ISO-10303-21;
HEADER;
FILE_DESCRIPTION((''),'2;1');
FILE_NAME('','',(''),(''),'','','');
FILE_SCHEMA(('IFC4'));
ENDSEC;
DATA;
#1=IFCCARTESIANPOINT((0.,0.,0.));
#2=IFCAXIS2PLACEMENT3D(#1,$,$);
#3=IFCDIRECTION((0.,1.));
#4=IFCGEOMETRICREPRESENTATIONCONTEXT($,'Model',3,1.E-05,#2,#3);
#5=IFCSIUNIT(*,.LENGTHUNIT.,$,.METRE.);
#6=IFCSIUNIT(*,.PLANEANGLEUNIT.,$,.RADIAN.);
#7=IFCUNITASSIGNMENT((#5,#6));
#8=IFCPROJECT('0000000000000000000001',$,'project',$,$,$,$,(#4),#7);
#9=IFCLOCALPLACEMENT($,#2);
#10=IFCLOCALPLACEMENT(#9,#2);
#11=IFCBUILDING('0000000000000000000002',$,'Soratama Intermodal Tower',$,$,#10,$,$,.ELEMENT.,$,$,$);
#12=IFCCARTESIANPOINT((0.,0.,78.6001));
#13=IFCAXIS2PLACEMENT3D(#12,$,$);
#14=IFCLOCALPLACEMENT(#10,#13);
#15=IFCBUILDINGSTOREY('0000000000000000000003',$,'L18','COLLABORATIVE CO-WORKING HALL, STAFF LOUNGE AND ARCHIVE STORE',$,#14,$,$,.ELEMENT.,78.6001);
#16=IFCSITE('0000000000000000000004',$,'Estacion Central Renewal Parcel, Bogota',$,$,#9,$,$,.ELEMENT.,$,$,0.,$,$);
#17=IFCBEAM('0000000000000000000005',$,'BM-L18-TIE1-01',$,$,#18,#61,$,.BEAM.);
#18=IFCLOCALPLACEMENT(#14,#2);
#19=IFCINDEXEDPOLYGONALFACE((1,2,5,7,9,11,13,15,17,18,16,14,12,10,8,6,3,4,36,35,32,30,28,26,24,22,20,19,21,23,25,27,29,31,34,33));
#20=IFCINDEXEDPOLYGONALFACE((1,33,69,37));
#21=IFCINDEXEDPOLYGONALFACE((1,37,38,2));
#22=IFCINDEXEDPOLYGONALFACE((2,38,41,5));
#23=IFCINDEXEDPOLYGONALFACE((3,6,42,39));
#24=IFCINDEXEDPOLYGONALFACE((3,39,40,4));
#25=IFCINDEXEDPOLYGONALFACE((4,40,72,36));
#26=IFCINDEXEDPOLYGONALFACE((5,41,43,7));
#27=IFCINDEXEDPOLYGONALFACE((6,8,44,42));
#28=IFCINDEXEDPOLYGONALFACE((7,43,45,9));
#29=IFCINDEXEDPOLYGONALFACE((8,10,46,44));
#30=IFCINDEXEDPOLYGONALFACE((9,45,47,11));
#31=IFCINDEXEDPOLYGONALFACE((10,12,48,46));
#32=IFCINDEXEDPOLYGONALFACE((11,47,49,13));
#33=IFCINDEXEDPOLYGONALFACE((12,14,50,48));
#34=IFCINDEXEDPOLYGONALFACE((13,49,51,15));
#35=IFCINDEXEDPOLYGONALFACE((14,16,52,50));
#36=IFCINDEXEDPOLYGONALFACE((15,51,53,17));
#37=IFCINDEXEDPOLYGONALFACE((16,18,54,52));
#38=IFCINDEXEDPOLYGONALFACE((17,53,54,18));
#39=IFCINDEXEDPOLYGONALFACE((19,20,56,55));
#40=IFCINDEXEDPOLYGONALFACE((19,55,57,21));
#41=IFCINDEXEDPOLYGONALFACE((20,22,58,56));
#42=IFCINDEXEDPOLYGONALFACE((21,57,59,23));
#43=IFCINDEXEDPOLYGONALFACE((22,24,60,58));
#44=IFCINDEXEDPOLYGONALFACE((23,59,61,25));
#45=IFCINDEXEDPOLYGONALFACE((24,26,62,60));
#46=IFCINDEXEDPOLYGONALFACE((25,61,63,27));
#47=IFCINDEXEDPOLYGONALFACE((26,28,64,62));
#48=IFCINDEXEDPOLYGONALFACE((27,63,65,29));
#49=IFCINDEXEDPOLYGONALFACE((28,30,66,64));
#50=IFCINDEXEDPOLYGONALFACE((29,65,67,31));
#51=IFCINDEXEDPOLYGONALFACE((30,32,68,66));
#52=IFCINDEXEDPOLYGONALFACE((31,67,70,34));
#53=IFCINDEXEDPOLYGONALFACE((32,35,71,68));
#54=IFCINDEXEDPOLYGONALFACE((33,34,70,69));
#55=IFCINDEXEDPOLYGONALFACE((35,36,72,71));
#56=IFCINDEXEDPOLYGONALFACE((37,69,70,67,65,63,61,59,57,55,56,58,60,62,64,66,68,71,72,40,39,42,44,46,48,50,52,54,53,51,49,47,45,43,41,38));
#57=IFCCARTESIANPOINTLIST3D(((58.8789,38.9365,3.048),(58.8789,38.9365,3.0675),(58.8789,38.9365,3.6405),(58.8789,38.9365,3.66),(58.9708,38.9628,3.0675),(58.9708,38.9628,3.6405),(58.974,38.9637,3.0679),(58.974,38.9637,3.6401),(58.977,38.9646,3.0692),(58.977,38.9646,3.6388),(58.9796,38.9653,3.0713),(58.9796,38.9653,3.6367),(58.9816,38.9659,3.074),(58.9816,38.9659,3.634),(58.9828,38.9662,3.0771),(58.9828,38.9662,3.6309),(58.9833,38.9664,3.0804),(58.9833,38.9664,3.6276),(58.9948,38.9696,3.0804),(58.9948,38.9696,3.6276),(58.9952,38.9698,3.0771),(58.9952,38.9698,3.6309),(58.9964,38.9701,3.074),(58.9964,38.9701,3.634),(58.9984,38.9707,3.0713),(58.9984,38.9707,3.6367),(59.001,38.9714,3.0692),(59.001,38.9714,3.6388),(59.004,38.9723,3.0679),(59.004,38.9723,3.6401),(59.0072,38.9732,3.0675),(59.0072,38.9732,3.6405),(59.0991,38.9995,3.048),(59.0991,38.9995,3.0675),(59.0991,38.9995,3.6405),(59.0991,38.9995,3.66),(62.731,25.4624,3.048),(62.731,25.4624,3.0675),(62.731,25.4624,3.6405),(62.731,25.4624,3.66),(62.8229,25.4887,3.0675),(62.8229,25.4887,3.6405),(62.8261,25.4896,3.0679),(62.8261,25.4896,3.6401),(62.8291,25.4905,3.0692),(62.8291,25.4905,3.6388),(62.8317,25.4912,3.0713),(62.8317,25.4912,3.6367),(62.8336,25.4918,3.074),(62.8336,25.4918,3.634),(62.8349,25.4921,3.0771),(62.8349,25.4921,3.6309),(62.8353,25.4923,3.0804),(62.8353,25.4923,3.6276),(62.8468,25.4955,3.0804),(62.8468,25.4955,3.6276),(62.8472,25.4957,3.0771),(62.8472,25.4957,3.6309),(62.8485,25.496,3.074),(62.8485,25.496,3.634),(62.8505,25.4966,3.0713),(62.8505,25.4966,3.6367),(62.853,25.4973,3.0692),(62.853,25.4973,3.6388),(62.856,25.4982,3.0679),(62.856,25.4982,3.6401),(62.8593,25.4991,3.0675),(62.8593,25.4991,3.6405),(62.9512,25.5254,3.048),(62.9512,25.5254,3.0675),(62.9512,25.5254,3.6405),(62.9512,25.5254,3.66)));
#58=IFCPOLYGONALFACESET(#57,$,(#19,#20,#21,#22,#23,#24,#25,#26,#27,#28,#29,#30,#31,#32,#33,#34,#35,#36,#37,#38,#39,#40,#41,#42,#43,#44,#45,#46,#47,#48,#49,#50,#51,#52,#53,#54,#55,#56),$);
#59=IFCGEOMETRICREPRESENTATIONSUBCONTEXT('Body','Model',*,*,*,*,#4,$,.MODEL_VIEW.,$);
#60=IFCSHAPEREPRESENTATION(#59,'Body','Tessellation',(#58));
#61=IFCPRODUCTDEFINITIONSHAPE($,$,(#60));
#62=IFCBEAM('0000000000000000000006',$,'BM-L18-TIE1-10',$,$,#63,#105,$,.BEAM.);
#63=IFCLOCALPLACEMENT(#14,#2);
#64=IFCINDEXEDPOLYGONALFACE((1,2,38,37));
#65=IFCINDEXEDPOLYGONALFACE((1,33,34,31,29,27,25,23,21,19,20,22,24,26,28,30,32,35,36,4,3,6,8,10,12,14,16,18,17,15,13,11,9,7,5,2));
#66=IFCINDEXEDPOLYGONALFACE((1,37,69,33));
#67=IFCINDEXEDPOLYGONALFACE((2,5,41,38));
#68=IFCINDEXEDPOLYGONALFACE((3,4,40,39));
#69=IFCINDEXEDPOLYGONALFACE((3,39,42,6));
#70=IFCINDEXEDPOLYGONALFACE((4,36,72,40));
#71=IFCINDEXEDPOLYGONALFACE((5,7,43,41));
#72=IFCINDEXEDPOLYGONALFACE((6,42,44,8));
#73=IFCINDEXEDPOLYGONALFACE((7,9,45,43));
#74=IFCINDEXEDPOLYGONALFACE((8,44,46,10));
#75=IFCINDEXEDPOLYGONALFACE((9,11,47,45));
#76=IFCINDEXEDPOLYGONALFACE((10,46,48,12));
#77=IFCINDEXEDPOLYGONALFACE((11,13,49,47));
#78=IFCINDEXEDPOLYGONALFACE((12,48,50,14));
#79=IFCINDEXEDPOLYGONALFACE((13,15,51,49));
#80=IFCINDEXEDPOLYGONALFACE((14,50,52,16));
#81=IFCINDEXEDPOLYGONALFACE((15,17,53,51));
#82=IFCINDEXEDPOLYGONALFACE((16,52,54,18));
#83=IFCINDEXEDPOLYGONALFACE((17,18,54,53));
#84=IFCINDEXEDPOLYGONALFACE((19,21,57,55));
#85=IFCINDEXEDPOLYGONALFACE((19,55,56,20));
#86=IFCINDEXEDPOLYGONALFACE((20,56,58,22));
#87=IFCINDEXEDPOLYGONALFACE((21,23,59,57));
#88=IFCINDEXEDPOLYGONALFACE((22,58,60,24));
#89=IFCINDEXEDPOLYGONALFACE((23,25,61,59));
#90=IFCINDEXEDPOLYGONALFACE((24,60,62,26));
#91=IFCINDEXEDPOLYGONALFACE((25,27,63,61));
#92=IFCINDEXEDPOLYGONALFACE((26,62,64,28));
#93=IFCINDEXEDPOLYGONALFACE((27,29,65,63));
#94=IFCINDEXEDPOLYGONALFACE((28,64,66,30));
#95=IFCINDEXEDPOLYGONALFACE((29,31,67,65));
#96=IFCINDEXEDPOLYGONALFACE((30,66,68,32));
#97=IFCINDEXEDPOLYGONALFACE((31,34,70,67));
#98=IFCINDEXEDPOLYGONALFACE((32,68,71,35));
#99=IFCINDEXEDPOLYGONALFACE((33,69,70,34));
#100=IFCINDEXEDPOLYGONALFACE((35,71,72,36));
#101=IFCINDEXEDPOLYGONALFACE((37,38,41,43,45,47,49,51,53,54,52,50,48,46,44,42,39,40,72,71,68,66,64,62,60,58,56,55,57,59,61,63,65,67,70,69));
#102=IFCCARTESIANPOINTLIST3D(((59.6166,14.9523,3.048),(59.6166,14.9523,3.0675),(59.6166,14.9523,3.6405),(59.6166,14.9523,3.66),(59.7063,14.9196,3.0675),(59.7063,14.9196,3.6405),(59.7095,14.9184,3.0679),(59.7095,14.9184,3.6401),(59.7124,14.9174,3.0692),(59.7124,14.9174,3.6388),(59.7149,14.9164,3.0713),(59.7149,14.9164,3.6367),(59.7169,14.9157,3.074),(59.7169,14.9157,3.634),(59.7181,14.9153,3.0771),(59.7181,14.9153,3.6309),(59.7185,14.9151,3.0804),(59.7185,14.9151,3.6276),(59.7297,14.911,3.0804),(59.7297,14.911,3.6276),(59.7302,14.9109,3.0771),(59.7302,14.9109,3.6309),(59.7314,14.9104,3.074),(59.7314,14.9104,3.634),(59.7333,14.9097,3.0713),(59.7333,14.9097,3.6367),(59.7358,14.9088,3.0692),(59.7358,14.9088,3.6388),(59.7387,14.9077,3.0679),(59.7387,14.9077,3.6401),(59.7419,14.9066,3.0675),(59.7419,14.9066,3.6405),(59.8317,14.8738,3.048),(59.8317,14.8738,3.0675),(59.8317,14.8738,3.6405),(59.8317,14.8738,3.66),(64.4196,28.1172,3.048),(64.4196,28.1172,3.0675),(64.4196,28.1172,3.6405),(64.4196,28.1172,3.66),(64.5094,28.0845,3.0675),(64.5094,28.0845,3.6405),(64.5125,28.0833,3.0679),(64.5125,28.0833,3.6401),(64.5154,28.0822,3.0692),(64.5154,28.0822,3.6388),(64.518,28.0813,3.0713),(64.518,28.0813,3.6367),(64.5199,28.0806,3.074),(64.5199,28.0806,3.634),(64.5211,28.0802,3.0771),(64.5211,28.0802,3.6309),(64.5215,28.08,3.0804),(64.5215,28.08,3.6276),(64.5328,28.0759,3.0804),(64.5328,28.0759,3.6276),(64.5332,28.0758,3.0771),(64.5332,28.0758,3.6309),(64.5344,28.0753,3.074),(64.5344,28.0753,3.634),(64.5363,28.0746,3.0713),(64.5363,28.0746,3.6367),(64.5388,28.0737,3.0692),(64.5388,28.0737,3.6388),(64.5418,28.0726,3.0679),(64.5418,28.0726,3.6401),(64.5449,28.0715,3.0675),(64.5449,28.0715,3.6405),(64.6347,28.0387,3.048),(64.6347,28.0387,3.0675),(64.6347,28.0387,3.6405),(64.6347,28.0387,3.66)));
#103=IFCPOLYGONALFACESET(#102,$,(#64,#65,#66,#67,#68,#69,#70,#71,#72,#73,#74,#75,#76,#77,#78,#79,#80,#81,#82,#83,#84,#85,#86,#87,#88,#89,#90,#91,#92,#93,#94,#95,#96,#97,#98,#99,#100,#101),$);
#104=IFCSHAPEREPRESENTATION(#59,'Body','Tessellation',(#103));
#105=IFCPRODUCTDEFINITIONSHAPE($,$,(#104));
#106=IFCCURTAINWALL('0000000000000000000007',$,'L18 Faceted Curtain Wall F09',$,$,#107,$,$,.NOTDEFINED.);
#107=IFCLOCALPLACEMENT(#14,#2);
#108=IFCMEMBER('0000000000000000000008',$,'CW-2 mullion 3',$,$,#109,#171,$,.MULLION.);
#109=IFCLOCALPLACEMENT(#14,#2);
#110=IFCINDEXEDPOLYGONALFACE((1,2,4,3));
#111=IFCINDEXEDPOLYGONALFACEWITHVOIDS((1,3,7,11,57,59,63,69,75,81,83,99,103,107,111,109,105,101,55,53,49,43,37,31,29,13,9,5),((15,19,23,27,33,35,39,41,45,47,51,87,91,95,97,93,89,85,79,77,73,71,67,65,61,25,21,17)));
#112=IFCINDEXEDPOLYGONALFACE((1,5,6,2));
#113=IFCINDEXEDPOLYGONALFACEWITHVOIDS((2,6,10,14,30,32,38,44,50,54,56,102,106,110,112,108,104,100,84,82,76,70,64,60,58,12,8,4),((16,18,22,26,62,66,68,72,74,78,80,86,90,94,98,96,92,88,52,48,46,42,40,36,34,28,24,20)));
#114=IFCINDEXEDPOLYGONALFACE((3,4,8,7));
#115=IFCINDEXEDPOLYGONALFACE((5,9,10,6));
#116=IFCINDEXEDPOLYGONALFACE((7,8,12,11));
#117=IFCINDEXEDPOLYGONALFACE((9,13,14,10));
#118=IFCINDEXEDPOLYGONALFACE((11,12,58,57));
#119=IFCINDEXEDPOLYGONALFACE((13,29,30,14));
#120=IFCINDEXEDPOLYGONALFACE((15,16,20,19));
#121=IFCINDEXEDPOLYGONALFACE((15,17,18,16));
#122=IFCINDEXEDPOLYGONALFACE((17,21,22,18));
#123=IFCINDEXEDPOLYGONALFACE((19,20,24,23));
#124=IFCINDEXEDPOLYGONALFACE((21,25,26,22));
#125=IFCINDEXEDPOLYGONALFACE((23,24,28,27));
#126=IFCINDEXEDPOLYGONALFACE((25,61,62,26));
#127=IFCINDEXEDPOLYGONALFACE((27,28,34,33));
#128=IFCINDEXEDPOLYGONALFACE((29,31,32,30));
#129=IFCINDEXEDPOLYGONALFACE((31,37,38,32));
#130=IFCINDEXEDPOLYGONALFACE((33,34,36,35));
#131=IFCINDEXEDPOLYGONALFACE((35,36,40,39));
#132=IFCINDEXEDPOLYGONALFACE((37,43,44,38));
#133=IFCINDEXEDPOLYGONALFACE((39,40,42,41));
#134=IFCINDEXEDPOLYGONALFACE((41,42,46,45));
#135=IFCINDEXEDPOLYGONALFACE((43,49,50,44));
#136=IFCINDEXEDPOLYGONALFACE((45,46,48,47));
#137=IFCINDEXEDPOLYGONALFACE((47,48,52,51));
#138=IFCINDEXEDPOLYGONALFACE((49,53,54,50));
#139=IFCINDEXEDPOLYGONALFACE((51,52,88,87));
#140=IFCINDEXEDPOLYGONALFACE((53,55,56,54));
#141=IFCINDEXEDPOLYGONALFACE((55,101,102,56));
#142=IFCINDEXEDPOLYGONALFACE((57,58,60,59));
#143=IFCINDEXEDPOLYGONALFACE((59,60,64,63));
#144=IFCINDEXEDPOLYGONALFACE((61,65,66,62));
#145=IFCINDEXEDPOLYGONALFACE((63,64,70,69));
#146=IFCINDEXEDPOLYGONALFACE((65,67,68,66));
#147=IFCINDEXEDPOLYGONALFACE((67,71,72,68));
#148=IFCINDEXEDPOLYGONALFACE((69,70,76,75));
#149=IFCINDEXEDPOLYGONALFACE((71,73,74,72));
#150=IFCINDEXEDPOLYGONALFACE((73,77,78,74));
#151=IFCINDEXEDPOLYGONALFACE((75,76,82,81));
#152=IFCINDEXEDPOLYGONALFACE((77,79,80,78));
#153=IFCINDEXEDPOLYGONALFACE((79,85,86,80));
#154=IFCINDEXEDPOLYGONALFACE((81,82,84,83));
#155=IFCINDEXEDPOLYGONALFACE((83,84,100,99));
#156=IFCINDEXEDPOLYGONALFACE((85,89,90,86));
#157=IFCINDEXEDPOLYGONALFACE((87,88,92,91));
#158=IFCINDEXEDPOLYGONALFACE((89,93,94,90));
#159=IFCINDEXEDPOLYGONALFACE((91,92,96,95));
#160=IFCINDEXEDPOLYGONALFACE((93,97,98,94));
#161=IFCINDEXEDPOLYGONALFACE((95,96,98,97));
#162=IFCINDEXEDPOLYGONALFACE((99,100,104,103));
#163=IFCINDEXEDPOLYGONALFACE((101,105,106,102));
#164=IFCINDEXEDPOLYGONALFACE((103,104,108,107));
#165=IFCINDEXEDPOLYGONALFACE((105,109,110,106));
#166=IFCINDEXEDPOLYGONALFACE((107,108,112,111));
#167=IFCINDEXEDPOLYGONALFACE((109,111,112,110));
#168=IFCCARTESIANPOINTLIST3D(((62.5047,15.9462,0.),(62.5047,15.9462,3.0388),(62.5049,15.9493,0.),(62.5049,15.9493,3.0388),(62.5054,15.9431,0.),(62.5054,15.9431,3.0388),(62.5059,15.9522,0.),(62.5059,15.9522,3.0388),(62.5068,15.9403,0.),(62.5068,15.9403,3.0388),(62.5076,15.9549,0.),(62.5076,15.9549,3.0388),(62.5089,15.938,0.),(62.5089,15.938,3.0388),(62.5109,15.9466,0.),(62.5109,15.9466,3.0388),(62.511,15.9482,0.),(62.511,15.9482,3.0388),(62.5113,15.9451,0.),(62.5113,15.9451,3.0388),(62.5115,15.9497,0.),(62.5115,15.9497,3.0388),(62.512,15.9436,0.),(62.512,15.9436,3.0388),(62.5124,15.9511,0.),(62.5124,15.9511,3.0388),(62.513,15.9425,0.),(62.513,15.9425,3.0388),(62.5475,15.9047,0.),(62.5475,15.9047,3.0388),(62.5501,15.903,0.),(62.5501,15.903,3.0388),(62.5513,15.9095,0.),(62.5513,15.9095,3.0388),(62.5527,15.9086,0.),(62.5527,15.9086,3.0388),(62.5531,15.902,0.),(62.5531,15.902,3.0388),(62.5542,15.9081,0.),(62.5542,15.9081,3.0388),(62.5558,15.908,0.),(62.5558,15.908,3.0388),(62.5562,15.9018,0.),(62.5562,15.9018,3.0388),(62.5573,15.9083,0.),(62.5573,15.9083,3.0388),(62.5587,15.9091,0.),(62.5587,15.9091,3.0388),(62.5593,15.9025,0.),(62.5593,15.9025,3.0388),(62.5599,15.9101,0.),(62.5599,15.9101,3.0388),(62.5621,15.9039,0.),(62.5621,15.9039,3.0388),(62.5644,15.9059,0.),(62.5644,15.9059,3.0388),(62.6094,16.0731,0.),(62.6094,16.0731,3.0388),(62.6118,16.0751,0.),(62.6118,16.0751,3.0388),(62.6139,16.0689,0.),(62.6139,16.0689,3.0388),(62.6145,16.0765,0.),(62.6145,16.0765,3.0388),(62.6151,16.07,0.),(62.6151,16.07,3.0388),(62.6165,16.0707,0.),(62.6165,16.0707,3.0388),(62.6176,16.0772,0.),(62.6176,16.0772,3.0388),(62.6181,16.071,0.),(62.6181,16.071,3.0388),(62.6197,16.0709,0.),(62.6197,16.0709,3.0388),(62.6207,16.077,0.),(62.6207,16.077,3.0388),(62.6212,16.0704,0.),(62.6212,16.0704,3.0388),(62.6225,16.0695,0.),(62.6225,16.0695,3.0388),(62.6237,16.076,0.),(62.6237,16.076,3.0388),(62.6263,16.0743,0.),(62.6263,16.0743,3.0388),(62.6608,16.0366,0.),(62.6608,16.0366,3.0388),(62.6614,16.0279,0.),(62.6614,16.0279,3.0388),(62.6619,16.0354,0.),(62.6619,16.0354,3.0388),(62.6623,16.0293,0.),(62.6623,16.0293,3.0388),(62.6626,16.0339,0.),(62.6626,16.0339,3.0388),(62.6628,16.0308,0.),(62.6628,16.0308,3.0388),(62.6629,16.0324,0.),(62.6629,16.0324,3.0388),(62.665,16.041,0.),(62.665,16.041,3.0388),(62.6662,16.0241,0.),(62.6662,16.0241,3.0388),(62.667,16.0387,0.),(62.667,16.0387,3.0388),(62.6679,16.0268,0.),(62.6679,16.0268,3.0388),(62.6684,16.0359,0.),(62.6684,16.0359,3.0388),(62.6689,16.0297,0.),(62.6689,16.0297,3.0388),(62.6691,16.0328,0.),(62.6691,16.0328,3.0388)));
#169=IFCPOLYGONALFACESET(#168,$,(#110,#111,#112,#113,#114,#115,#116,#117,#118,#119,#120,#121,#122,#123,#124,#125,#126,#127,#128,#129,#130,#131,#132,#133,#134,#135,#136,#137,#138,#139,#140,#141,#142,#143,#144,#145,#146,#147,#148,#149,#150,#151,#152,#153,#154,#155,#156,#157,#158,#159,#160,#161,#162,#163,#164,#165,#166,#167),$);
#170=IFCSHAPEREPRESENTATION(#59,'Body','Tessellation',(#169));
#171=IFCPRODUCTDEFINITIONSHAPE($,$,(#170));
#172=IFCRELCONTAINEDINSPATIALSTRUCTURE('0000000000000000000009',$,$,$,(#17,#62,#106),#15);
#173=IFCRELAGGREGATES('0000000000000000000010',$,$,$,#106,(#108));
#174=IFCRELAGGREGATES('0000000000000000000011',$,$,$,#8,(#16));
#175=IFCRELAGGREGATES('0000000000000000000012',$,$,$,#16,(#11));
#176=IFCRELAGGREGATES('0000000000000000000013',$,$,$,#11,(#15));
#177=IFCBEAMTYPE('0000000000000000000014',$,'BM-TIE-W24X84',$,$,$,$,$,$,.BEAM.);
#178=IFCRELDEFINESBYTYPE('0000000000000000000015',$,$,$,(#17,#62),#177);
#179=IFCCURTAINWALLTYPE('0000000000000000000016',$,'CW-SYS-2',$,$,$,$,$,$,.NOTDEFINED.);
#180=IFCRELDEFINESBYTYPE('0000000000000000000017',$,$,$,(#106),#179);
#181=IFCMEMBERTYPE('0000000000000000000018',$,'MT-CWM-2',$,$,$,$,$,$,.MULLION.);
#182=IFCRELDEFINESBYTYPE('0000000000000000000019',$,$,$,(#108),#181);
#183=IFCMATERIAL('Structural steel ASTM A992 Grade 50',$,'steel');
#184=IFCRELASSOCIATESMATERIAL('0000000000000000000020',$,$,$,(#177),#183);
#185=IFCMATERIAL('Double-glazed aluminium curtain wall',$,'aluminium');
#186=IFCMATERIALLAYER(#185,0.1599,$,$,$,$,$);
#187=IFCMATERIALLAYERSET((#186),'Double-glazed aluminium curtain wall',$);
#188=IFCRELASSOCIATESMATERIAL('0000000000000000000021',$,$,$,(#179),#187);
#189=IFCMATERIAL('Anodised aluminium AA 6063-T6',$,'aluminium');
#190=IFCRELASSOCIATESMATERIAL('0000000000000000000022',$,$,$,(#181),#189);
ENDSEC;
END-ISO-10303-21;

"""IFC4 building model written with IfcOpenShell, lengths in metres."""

from ifc_helpers import new_model, si_unit, direction, frame, origin, origin_2d, place, context, subcontext, project, spatial, hollow_rectangle, i_section, extrude, material, layer, layer_set, material_profile, profile_set, type_object, element, aggregate, save


model = new_model("IFC4")

# Units and contexts
model_context = context("Model", 3, precision=1e-05, world=origin(), true_north=direction((0.0, 1.0)))
body_context = subcontext(model_context, "Body", "Model", "MODEL_VIEW")
ifc_project = project(units=[si_unit("LENGTHUNIT", "METRE"), si_unit("PLANEANGLEUNIT", "RADIAN")], contexts=[model_context])

# Site, building, storey
site_placement = place(None, origin())
site = spatial("IfcSite", under=ifc_project, at=site_placement, Name="Estacion Central Renewal Parcel, Bogota", CompositionType="ELEMENT", RefElevation=0.0)
building_placement = place(site_placement, origin())
building = spatial("IfcBuilding", under=site, at=building_placement, Name="Soratama Intermodal Tower", CompositionType="ELEMENT")
storey_placement = place(building_placement, frame((0.0, 0.0, 78.6001)))
storey = spatial("IfcBuildingStorey", under=building, at=storey_placement, Name="L18", Description="COLLABORATIVE CO-WORKING HALL, STAFF LOUNGE AND ARCHIVE STORE", CompositionType="ELEMENT", Elevation=78.6001)

# Beams
ifc_material_1 = material(Name="Structural steel ASTM A992 Grade 50", Category="steel")
ifc_material_profile_1 = material_profile(ifc_material_1, i_section(OverallWidth=0.229, OverallDepth=0.6121, WebThickness=0.012, FlangeThickness=0.0195, FilletRadius=0.0129, at=origin_2d()), Name="W24X84")
ifc_profile_set_1 = profile_set([ifc_material_profile_1], Name="Structural steel ASTM A992 Grade 50")
beam_type_1 = type_object("IfcBeamType", Name="BM-TIE-W24X84", PredefinedType="BEAM", material=ifc_profile_set_1)
beam_1_placement = place(storey_placement, frame((62.8411, 25.4939, 3.354), z_axis=(-0.274873, 0.961481, 0.0), x_axis=(-0.961481, -0.274873, 0.0)))
element("IfcBeam", 1, at=beam_1_placement, inside=storey, type_object=beam_type_1, Name="BM-L18-TIE1-01", PredefinedType="BEAM", context=body_context, shape_type="SweptSolid", body=[
    extrude(i_section(OverallWidth=0.229, OverallDepth=0.6121, WebThickness=0.012, FlangeThickness=0.0195, FilletRadius=0.0129, at=origin_2d()), origin(), (0.0, 0.0, 1.0), 14.0139),
])
beam_2_placement = place(storey_placement, frame((59.7241, 14.9131, 3.354), z_axis=(0.342737, 0.939431, 0.0), x_axis=(-0.939431, 0.342737, 0.0)))
element("IfcBeam", 2, at=beam_2_placement, inside=storey, type_object=beam_type_1, Name="BM-L18-TIE1-10", PredefinedType="BEAM", context=body_context, shape_type="SweptSolid", body=[
    extrude(i_section(OverallWidth=0.229, OverallDepth=0.6121, WebThickness=0.012, FlangeThickness=0.0195, FilletRadius=0.0129, at=origin_2d()), origin(), (0.0, 0.0, 1.0), 14.0137),
])

# Curtain wall, member
ifc_material_2 = material(Name="Double-glazed aluminium curtain wall", Category="aluminium")
ifc_layer_1 = layer(ifc_material_2, 0.1599)
ifc_layer_set_1 = layer_set([ifc_layer_1], Name="Double-glazed aluminium curtain wall")
curtain_wall_type = type_object("IfcCurtainWallType", Name="CW-SYS-2", PredefinedType="NOTDEFINED", material=ifc_layer_set_1)
curtain_wall_placement = place(storey_placement, origin())
curtain_wall = element("IfcCurtainWall", 3, at=curtain_wall_placement, inside=storey, type_object=curtain_wall_type, Name="L18 Faceted Curtain Wall F09", PredefinedType="NOTDEFINED")
ifc_material_3 = material(Name="Anodised aluminium AA 6063-T6", Category="aluminium")
ifc_material_profile_2 = material_profile(ifc_material_3, hollow_rectangle(XDim=0.075, YDim=0.1799, WallThickness=0.0061, InnerFilletRadius=0.0061, OuterFilletRadius=0.012, at=origin_2d()), Name="CWM180X75X6")
ifc_profile_set_2 = profile_set([ifc_material_profile_2], Name="Anodised aluminium AA 6063-T6")
member_type_1 = type_object("IfcMemberType", Name="MT-CWM-2", PredefinedType="MULLION", material=ifc_profile_set_2)
member_1_placement = place(storey_placement, frame((62.5869, 15.9895, 0.0), z_axis=(0.0, 0.0, 1.0), x_axis=(-0.757678, 0.652629, 0.0)))
member_1 = element("IfcMember", 4, at=member_1_placement, type_object=member_type_1, Name="CW-2 mullion 3", PredefinedType="MULLION", context=body_context, shape_type="SweptSolid", body=[
    extrude(hollow_rectangle(XDim=0.075, YDim=0.1799, WallThickness=0.0061, InnerFilletRadius=0.0061, OuterFilletRadius=0.012, at=origin_2d()), origin(), (0.0, 0.0, 1.0), 3.0388),
])
aggregate(curtain_wall, [member_1])

save(model, "model.ifc")
